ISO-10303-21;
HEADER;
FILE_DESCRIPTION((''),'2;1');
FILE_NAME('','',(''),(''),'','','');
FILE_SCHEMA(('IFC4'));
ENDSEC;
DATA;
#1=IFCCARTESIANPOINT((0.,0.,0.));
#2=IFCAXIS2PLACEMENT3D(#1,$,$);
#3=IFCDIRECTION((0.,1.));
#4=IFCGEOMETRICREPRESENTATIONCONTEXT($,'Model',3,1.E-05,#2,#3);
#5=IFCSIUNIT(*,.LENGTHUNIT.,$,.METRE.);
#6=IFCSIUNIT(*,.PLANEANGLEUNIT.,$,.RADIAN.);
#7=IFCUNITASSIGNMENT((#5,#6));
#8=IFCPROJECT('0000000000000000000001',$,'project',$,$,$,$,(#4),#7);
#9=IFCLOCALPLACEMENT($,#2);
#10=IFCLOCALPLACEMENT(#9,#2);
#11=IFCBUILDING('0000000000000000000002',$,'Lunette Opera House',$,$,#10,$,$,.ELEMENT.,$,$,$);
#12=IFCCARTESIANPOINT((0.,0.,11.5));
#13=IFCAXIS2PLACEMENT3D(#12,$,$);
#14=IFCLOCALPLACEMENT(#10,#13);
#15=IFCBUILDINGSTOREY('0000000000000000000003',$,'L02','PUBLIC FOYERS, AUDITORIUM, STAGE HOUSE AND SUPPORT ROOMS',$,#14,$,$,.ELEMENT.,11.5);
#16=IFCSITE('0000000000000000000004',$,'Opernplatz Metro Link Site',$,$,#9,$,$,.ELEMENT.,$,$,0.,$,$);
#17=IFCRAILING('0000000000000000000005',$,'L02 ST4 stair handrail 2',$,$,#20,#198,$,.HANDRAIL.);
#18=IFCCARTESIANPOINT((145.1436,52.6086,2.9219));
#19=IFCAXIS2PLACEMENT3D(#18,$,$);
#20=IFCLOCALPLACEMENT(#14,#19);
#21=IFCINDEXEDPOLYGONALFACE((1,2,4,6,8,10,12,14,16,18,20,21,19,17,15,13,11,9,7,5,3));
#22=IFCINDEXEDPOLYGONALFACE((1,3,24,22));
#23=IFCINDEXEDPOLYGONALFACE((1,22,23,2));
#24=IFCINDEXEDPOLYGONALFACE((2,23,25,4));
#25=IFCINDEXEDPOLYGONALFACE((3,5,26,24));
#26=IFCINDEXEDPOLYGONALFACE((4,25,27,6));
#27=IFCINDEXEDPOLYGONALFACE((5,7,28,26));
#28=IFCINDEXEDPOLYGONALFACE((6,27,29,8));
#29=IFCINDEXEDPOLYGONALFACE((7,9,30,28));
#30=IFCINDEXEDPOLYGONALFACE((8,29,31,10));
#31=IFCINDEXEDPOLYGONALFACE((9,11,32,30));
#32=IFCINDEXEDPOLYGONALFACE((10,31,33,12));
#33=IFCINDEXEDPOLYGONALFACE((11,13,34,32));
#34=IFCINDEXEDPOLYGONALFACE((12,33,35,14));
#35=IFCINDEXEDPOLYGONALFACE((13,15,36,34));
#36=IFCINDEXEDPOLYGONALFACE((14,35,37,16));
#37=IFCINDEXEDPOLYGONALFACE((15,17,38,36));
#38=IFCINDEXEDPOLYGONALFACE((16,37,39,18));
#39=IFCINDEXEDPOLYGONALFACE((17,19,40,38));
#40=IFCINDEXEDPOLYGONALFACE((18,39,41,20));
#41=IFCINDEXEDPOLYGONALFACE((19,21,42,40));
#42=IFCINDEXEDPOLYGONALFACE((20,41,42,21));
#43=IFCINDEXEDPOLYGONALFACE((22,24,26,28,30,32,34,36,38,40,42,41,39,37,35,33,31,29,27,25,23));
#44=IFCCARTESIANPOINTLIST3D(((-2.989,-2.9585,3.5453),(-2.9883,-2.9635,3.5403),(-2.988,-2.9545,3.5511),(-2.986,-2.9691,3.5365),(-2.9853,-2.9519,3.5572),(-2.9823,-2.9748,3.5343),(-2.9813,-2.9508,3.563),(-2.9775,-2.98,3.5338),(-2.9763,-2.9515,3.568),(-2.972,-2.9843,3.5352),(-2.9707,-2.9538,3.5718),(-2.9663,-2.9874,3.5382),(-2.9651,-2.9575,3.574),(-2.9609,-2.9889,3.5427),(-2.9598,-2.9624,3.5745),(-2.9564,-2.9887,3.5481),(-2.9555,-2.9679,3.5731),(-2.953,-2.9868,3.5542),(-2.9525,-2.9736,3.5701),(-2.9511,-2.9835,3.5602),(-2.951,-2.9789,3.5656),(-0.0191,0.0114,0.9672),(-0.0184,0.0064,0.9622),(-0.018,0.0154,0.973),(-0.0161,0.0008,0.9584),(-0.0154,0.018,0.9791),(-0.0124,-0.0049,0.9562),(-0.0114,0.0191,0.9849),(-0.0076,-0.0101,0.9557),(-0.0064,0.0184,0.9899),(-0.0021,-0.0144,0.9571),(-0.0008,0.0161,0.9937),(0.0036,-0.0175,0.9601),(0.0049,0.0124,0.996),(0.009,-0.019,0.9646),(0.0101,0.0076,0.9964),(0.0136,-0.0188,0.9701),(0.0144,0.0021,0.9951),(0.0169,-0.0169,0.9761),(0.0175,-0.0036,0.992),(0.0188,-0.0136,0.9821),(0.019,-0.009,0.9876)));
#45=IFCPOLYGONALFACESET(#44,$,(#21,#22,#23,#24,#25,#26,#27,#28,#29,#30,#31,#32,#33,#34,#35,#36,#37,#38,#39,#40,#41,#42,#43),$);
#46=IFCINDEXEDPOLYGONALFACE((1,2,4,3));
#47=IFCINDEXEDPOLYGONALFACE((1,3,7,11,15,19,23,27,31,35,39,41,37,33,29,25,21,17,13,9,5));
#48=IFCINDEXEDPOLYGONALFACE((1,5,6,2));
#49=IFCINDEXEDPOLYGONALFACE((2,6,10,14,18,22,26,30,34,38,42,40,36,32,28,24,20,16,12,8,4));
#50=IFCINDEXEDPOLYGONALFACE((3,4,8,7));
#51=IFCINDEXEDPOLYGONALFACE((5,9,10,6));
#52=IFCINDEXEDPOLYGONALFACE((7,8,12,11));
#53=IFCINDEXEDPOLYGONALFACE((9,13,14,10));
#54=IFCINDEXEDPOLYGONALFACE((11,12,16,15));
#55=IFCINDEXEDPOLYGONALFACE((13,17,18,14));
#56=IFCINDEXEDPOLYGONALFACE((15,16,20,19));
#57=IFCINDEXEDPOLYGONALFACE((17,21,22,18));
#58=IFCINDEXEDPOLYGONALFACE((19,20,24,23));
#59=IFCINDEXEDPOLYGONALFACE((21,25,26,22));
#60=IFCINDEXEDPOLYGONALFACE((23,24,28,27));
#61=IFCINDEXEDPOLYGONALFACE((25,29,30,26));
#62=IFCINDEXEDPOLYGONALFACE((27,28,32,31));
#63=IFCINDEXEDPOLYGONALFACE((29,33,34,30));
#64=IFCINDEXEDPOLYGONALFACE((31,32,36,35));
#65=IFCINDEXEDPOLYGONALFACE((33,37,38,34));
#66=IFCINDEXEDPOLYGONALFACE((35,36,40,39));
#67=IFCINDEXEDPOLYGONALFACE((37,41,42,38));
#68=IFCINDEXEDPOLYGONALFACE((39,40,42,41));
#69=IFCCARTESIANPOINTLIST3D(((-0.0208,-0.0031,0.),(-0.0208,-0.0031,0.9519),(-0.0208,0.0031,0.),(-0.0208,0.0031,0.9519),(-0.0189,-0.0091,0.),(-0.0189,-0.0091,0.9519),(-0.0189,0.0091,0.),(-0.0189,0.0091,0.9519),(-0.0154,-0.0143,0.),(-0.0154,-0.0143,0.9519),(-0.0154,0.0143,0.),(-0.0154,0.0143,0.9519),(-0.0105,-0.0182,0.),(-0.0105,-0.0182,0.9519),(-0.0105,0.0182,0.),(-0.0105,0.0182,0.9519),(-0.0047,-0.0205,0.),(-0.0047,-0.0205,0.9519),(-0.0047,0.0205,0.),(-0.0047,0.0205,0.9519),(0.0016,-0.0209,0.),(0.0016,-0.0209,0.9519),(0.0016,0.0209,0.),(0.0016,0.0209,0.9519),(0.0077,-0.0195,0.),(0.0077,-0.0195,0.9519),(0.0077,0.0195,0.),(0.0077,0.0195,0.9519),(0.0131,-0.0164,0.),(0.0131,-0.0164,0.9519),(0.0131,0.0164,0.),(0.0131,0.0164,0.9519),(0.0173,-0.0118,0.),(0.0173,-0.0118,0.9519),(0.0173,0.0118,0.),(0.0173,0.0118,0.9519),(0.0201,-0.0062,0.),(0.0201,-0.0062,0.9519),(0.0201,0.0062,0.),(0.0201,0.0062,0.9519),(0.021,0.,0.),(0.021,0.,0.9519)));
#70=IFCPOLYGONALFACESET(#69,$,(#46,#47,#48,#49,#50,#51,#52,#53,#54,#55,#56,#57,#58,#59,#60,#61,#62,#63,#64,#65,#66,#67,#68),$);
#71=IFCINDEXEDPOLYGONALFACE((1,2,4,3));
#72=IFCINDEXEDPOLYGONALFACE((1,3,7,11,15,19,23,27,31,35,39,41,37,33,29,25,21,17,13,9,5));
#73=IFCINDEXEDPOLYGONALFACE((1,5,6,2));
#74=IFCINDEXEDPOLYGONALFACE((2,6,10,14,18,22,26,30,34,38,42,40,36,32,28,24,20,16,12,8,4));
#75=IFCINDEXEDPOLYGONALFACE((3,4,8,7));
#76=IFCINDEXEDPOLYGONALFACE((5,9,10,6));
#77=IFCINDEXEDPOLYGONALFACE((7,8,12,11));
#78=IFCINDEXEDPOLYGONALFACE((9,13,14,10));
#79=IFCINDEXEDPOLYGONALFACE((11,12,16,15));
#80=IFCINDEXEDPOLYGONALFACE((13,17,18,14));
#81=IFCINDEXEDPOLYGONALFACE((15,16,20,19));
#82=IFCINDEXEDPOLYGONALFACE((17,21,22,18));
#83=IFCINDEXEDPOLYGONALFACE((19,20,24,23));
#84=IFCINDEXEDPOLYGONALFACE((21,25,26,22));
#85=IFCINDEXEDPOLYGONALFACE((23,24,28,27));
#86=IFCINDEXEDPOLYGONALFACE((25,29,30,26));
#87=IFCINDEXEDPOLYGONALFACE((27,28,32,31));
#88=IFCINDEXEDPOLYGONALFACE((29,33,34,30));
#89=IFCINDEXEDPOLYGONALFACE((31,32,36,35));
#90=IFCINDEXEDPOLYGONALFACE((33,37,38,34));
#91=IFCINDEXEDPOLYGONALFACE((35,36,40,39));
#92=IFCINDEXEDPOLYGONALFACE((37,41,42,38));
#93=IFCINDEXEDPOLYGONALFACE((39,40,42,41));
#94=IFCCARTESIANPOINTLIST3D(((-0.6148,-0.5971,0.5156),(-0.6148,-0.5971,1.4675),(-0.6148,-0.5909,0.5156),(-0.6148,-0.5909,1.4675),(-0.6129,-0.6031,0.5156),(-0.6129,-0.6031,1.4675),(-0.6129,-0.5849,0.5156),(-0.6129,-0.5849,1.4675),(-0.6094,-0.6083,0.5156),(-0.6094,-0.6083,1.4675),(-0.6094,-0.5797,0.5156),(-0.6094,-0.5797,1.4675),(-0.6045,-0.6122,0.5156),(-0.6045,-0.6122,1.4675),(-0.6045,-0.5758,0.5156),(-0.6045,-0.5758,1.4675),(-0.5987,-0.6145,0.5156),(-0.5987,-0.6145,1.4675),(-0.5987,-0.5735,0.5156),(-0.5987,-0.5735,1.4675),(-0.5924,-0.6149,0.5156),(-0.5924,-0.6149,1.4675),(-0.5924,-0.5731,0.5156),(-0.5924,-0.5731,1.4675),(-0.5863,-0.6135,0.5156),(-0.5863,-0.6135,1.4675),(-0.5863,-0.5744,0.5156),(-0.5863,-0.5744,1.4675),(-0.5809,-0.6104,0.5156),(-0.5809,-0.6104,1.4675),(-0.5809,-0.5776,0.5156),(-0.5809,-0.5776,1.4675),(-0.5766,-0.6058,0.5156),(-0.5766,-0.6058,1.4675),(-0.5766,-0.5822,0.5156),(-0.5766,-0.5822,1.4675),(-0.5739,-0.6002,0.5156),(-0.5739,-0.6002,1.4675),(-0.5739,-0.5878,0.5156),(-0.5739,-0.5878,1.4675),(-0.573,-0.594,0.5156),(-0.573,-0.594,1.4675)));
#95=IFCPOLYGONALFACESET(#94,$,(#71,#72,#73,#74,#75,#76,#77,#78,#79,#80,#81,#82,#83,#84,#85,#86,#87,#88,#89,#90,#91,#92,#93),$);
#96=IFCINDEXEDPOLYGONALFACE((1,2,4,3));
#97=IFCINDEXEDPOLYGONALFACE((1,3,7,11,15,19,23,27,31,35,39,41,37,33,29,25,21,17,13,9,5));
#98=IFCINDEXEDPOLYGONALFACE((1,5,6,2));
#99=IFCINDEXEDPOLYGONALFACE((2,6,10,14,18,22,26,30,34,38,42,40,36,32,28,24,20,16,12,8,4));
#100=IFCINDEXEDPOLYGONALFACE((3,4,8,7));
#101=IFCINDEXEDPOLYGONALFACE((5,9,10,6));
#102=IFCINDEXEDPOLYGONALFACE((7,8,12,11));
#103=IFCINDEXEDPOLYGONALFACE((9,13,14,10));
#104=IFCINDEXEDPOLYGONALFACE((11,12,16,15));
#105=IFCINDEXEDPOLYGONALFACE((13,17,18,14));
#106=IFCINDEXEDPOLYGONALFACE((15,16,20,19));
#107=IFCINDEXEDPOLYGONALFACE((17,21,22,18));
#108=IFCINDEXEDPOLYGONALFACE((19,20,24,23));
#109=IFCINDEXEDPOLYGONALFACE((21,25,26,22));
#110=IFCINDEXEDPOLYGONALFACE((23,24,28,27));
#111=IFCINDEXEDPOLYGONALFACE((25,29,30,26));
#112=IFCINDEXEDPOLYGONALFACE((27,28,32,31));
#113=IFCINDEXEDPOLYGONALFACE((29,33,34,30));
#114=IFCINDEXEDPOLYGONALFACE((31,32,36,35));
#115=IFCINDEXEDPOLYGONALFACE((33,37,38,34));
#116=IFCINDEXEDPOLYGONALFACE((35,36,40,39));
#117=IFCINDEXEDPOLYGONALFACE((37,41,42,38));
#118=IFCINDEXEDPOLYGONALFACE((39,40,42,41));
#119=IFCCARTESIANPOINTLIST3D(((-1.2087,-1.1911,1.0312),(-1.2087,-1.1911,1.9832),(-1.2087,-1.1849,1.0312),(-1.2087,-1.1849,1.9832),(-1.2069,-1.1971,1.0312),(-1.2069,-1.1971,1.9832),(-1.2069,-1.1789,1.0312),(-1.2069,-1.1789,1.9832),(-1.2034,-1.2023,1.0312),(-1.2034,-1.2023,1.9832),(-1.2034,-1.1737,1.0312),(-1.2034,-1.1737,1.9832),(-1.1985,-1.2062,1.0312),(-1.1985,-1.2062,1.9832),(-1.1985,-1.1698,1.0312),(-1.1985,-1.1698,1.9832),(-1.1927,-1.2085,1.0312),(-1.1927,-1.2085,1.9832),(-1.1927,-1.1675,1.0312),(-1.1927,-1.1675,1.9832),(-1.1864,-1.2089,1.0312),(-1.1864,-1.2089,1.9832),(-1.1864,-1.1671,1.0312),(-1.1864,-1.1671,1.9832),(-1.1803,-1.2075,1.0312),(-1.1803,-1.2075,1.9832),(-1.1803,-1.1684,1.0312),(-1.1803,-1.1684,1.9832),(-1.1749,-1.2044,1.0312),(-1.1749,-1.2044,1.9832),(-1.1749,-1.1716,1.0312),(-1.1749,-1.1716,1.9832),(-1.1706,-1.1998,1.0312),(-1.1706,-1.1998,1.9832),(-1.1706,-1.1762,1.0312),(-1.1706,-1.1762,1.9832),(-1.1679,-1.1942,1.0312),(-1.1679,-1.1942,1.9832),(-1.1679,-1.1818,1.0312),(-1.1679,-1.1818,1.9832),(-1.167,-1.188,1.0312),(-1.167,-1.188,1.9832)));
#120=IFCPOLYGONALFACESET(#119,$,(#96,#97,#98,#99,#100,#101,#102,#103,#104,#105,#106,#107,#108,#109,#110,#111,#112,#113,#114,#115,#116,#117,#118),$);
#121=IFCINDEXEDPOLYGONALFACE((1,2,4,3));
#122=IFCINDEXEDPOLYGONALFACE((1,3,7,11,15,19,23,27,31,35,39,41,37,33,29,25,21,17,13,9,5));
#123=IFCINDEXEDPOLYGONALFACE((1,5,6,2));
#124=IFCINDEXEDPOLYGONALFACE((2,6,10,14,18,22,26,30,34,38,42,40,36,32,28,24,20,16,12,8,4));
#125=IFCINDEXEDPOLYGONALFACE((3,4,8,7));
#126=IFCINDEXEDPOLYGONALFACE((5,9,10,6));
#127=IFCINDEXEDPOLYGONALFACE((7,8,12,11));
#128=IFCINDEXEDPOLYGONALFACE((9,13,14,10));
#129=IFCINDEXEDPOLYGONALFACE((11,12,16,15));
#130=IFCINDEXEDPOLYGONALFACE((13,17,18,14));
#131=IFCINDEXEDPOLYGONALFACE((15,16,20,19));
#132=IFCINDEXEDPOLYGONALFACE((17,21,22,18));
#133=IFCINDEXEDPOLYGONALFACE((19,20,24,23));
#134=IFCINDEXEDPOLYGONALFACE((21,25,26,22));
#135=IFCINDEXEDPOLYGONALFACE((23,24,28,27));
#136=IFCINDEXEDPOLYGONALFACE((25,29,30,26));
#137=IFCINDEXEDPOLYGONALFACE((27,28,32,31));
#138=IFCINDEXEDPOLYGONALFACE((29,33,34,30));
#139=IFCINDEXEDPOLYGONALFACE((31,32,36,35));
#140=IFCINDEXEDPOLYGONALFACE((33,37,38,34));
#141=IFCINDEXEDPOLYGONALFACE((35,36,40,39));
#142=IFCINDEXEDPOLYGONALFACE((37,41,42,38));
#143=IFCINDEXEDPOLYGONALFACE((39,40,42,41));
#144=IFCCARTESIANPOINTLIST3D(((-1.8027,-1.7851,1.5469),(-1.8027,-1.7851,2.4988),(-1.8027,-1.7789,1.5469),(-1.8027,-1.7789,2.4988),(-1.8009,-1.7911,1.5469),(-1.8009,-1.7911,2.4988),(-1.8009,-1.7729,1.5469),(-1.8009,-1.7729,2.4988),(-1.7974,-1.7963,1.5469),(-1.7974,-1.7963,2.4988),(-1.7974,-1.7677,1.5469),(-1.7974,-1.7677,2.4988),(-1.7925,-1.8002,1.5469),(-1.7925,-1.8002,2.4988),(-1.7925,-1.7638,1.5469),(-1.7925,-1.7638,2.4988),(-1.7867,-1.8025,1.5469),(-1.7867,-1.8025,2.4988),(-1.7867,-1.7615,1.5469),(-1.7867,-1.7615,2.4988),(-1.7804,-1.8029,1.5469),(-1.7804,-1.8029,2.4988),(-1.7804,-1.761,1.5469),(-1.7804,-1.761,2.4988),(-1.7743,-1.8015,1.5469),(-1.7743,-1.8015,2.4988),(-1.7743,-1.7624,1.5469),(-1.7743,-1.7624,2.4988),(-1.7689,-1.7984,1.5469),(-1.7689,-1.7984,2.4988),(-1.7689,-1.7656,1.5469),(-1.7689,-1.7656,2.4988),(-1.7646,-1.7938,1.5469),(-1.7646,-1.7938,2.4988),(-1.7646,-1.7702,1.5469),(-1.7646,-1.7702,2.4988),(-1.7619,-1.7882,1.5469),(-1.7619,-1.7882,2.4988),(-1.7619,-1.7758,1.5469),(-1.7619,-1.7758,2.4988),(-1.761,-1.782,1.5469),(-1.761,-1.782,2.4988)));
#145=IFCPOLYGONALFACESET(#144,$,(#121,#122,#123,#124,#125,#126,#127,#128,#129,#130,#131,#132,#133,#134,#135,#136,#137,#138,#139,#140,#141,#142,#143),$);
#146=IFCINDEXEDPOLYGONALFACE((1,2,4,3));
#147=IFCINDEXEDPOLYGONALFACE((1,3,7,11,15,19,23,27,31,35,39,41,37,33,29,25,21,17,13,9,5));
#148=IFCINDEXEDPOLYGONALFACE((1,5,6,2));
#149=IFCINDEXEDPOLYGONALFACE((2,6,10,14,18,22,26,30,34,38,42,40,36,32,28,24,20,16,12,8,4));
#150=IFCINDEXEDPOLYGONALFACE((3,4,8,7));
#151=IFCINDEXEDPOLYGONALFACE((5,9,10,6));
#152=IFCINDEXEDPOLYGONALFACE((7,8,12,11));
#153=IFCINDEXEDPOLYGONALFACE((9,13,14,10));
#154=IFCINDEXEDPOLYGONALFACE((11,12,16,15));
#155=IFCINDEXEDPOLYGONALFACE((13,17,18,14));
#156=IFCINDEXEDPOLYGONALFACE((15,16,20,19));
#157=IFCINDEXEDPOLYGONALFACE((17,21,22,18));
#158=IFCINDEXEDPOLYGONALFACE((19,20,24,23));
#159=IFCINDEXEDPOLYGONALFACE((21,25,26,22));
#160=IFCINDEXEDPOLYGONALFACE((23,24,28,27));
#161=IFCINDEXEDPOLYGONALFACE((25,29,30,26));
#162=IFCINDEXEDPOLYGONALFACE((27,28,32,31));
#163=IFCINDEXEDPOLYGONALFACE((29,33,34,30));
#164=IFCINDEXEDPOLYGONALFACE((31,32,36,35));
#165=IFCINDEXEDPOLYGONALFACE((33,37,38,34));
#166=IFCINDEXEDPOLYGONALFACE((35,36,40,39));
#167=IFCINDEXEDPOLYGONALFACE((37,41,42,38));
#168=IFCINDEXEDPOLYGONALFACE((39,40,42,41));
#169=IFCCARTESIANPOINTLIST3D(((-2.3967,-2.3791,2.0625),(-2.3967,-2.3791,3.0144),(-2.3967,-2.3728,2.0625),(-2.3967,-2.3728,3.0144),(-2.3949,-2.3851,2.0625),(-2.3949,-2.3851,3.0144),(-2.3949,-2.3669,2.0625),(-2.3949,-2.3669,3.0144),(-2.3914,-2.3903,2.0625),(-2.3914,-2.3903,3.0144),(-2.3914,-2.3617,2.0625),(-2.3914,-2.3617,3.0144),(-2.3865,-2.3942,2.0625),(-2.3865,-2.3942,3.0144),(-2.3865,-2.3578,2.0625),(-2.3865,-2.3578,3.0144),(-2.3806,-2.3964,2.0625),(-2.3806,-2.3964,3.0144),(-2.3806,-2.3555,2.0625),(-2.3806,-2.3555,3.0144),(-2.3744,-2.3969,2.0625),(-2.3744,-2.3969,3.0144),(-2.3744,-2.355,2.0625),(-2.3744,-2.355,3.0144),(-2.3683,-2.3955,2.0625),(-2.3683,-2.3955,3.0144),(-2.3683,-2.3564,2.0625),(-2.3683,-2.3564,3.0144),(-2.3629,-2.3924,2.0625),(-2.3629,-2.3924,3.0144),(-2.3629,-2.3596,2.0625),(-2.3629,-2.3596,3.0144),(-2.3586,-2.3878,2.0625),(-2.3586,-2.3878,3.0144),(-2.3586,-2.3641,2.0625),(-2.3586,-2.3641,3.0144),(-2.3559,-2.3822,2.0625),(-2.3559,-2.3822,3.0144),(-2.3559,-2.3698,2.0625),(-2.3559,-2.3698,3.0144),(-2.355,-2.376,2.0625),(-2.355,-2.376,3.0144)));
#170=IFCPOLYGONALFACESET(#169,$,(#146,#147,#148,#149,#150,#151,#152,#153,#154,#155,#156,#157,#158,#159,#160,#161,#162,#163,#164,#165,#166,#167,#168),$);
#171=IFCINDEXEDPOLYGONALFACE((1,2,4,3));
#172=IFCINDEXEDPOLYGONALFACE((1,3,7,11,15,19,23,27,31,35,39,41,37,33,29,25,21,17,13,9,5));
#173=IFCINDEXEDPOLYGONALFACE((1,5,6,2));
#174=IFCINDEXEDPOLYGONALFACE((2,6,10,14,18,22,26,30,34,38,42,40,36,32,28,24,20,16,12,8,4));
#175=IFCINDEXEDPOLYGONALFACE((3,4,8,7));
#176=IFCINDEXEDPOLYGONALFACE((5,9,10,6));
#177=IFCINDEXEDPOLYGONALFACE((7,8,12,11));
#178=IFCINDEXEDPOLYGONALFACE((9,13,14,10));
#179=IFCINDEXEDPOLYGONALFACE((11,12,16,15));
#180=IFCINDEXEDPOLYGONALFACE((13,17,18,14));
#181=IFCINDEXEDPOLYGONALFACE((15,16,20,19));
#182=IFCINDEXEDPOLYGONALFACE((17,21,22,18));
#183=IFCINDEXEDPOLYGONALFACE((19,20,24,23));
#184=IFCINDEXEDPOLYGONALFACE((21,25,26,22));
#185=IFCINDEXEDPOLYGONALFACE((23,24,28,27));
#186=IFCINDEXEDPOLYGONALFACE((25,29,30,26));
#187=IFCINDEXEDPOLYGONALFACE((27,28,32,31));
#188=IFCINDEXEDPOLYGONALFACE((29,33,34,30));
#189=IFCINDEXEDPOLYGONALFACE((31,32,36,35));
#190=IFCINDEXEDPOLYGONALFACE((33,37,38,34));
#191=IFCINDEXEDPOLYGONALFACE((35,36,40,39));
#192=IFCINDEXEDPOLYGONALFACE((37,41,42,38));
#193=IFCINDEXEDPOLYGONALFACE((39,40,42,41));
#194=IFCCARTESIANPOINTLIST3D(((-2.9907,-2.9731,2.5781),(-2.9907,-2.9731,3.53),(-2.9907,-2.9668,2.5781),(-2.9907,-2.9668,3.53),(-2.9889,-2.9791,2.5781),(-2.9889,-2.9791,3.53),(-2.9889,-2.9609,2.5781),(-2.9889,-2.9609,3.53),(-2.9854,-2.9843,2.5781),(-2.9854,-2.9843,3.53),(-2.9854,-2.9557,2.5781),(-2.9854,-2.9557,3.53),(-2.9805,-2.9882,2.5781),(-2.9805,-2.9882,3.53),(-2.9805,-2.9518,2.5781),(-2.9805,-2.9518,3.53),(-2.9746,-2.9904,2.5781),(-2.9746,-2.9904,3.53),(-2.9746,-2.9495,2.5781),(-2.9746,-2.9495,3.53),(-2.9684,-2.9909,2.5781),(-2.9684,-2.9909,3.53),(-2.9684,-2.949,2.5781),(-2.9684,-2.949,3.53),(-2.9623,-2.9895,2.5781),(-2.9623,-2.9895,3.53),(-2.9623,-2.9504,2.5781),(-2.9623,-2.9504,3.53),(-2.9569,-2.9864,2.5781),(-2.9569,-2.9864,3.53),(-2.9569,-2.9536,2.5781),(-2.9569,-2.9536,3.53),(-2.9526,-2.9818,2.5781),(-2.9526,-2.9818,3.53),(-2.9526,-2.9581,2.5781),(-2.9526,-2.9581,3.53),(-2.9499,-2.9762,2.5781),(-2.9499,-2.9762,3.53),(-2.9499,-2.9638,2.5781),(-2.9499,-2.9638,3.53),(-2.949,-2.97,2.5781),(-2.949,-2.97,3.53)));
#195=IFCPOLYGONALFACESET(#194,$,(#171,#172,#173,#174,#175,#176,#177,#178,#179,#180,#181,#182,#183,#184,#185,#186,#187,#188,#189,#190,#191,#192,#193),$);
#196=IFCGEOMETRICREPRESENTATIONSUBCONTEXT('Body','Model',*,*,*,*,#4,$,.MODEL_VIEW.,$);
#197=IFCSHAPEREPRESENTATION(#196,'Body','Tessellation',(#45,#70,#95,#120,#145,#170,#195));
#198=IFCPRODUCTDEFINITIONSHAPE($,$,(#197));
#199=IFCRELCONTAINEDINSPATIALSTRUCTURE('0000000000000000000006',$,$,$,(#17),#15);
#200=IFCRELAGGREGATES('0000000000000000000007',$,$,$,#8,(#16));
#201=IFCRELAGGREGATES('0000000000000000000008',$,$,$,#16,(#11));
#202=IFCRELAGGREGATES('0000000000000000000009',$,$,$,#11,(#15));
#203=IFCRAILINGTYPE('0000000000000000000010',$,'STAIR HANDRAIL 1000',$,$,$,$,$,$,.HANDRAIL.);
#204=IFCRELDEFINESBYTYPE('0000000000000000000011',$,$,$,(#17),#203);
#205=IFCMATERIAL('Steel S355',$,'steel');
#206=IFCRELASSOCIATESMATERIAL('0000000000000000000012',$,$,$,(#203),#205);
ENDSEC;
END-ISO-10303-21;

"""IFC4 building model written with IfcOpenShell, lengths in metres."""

from ifc_helpers import new_model, si_unit, direction, frame, origin, origin_2d, place, context, subcontext, project, spatial, circle, extrude, material, type_object, element, save


model = new_model("IFC4")

# Units and contexts
model_context = context("Model", 3, precision=1e-05, world=origin(), true_north=direction((0.0, 1.0)))
body_context = subcontext(model_context, "Body", "Model", "MODEL_VIEW")
ifc_project = project(units=[si_unit("LENGTHUNIT", "METRE"), si_unit("PLANEANGLEUNIT", "RADIAN")], contexts=[model_context])

# Site, building, storey
site_placement = place(None, origin())
site = spatial("IfcSite", under=ifc_project, at=site_placement, Name="Opernplatz Metro Link Site", CompositionType="ELEMENT", RefElevation=0.0)
building_placement = place(site_placement, origin())
building = spatial("IfcBuilding", under=site, at=building_placement, Name="Lunette Opera House", CompositionType="ELEMENT")
storey_placement = place(building_placement, frame((0.0, 0.0, 11.5)))
storey = spatial("IfcBuildingStorey", under=building, at=storey_placement, Name="L02", Description="PUBLIC FOYERS, AUDITORIUM, STAGE HOUSE AND SUPPORT ROOMS", CompositionType="ELEMENT", Elevation=11.5)

# Railing
ifc_material_1 = material(Name="Steel S355", Category="steel")
railing_type = type_object("IfcRailingType", Name="STAIR HANDRAIL 1000", PredefinedType="HANDRAIL", material=ifc_material_1)
railing_1_placement = place(storey_placement, frame((145.1436, 52.6086, 2.9219)))
element("IfcRailing", 1, at=railing_1_placement, inside=storey, type_object=railing_type, Name="L02 ST4 stair handrail 2", PredefinedType="HANDRAIL", context=body_context, shape_type="SweptSolid", body=[
    extrude(circle(Radius=0.0239, at=origin_2d()), frame((0.0, 0.0, 0.9761), z_axis=(-0.602635, -0.602635, 0.523126), x_axis=(0.707107, -0.707107, 0.0)), (0.0, 0.0, 1.0), 4.9282),
    extrude(circle(Radius=0.021, at=origin_2d()), origin(), (0.0, 0.0, 1.0), 0.9519),
    extrude(circle(Radius=0.021, at=origin_2d()), frame((-0.594, -0.594, 0.5156)), (0.0, 0.0, 1.0), 0.9519),
    extrude(circle(Radius=0.021, at=origin_2d()), frame((-1.188, -1.188, 1.0312)), (0.0, 0.0, 1.0), 0.9519),
    extrude(circle(Radius=0.021, at=origin_2d()), frame((-1.782, -1.782, 1.5469)), (0.0, 0.0, 1.0), 0.9519),
    extrude(circle(Radius=0.021, at=origin_2d()), frame((-2.376, -2.376, 2.0625)), (0.0, 0.0, 1.0), 0.9519),
    extrude(circle(Radius=0.021, at=origin_2d()), frame((-2.97, -2.97, 2.5781)), (0.0, 0.0, 1.0), 0.9519),
])

save(model, "model.ifc")
